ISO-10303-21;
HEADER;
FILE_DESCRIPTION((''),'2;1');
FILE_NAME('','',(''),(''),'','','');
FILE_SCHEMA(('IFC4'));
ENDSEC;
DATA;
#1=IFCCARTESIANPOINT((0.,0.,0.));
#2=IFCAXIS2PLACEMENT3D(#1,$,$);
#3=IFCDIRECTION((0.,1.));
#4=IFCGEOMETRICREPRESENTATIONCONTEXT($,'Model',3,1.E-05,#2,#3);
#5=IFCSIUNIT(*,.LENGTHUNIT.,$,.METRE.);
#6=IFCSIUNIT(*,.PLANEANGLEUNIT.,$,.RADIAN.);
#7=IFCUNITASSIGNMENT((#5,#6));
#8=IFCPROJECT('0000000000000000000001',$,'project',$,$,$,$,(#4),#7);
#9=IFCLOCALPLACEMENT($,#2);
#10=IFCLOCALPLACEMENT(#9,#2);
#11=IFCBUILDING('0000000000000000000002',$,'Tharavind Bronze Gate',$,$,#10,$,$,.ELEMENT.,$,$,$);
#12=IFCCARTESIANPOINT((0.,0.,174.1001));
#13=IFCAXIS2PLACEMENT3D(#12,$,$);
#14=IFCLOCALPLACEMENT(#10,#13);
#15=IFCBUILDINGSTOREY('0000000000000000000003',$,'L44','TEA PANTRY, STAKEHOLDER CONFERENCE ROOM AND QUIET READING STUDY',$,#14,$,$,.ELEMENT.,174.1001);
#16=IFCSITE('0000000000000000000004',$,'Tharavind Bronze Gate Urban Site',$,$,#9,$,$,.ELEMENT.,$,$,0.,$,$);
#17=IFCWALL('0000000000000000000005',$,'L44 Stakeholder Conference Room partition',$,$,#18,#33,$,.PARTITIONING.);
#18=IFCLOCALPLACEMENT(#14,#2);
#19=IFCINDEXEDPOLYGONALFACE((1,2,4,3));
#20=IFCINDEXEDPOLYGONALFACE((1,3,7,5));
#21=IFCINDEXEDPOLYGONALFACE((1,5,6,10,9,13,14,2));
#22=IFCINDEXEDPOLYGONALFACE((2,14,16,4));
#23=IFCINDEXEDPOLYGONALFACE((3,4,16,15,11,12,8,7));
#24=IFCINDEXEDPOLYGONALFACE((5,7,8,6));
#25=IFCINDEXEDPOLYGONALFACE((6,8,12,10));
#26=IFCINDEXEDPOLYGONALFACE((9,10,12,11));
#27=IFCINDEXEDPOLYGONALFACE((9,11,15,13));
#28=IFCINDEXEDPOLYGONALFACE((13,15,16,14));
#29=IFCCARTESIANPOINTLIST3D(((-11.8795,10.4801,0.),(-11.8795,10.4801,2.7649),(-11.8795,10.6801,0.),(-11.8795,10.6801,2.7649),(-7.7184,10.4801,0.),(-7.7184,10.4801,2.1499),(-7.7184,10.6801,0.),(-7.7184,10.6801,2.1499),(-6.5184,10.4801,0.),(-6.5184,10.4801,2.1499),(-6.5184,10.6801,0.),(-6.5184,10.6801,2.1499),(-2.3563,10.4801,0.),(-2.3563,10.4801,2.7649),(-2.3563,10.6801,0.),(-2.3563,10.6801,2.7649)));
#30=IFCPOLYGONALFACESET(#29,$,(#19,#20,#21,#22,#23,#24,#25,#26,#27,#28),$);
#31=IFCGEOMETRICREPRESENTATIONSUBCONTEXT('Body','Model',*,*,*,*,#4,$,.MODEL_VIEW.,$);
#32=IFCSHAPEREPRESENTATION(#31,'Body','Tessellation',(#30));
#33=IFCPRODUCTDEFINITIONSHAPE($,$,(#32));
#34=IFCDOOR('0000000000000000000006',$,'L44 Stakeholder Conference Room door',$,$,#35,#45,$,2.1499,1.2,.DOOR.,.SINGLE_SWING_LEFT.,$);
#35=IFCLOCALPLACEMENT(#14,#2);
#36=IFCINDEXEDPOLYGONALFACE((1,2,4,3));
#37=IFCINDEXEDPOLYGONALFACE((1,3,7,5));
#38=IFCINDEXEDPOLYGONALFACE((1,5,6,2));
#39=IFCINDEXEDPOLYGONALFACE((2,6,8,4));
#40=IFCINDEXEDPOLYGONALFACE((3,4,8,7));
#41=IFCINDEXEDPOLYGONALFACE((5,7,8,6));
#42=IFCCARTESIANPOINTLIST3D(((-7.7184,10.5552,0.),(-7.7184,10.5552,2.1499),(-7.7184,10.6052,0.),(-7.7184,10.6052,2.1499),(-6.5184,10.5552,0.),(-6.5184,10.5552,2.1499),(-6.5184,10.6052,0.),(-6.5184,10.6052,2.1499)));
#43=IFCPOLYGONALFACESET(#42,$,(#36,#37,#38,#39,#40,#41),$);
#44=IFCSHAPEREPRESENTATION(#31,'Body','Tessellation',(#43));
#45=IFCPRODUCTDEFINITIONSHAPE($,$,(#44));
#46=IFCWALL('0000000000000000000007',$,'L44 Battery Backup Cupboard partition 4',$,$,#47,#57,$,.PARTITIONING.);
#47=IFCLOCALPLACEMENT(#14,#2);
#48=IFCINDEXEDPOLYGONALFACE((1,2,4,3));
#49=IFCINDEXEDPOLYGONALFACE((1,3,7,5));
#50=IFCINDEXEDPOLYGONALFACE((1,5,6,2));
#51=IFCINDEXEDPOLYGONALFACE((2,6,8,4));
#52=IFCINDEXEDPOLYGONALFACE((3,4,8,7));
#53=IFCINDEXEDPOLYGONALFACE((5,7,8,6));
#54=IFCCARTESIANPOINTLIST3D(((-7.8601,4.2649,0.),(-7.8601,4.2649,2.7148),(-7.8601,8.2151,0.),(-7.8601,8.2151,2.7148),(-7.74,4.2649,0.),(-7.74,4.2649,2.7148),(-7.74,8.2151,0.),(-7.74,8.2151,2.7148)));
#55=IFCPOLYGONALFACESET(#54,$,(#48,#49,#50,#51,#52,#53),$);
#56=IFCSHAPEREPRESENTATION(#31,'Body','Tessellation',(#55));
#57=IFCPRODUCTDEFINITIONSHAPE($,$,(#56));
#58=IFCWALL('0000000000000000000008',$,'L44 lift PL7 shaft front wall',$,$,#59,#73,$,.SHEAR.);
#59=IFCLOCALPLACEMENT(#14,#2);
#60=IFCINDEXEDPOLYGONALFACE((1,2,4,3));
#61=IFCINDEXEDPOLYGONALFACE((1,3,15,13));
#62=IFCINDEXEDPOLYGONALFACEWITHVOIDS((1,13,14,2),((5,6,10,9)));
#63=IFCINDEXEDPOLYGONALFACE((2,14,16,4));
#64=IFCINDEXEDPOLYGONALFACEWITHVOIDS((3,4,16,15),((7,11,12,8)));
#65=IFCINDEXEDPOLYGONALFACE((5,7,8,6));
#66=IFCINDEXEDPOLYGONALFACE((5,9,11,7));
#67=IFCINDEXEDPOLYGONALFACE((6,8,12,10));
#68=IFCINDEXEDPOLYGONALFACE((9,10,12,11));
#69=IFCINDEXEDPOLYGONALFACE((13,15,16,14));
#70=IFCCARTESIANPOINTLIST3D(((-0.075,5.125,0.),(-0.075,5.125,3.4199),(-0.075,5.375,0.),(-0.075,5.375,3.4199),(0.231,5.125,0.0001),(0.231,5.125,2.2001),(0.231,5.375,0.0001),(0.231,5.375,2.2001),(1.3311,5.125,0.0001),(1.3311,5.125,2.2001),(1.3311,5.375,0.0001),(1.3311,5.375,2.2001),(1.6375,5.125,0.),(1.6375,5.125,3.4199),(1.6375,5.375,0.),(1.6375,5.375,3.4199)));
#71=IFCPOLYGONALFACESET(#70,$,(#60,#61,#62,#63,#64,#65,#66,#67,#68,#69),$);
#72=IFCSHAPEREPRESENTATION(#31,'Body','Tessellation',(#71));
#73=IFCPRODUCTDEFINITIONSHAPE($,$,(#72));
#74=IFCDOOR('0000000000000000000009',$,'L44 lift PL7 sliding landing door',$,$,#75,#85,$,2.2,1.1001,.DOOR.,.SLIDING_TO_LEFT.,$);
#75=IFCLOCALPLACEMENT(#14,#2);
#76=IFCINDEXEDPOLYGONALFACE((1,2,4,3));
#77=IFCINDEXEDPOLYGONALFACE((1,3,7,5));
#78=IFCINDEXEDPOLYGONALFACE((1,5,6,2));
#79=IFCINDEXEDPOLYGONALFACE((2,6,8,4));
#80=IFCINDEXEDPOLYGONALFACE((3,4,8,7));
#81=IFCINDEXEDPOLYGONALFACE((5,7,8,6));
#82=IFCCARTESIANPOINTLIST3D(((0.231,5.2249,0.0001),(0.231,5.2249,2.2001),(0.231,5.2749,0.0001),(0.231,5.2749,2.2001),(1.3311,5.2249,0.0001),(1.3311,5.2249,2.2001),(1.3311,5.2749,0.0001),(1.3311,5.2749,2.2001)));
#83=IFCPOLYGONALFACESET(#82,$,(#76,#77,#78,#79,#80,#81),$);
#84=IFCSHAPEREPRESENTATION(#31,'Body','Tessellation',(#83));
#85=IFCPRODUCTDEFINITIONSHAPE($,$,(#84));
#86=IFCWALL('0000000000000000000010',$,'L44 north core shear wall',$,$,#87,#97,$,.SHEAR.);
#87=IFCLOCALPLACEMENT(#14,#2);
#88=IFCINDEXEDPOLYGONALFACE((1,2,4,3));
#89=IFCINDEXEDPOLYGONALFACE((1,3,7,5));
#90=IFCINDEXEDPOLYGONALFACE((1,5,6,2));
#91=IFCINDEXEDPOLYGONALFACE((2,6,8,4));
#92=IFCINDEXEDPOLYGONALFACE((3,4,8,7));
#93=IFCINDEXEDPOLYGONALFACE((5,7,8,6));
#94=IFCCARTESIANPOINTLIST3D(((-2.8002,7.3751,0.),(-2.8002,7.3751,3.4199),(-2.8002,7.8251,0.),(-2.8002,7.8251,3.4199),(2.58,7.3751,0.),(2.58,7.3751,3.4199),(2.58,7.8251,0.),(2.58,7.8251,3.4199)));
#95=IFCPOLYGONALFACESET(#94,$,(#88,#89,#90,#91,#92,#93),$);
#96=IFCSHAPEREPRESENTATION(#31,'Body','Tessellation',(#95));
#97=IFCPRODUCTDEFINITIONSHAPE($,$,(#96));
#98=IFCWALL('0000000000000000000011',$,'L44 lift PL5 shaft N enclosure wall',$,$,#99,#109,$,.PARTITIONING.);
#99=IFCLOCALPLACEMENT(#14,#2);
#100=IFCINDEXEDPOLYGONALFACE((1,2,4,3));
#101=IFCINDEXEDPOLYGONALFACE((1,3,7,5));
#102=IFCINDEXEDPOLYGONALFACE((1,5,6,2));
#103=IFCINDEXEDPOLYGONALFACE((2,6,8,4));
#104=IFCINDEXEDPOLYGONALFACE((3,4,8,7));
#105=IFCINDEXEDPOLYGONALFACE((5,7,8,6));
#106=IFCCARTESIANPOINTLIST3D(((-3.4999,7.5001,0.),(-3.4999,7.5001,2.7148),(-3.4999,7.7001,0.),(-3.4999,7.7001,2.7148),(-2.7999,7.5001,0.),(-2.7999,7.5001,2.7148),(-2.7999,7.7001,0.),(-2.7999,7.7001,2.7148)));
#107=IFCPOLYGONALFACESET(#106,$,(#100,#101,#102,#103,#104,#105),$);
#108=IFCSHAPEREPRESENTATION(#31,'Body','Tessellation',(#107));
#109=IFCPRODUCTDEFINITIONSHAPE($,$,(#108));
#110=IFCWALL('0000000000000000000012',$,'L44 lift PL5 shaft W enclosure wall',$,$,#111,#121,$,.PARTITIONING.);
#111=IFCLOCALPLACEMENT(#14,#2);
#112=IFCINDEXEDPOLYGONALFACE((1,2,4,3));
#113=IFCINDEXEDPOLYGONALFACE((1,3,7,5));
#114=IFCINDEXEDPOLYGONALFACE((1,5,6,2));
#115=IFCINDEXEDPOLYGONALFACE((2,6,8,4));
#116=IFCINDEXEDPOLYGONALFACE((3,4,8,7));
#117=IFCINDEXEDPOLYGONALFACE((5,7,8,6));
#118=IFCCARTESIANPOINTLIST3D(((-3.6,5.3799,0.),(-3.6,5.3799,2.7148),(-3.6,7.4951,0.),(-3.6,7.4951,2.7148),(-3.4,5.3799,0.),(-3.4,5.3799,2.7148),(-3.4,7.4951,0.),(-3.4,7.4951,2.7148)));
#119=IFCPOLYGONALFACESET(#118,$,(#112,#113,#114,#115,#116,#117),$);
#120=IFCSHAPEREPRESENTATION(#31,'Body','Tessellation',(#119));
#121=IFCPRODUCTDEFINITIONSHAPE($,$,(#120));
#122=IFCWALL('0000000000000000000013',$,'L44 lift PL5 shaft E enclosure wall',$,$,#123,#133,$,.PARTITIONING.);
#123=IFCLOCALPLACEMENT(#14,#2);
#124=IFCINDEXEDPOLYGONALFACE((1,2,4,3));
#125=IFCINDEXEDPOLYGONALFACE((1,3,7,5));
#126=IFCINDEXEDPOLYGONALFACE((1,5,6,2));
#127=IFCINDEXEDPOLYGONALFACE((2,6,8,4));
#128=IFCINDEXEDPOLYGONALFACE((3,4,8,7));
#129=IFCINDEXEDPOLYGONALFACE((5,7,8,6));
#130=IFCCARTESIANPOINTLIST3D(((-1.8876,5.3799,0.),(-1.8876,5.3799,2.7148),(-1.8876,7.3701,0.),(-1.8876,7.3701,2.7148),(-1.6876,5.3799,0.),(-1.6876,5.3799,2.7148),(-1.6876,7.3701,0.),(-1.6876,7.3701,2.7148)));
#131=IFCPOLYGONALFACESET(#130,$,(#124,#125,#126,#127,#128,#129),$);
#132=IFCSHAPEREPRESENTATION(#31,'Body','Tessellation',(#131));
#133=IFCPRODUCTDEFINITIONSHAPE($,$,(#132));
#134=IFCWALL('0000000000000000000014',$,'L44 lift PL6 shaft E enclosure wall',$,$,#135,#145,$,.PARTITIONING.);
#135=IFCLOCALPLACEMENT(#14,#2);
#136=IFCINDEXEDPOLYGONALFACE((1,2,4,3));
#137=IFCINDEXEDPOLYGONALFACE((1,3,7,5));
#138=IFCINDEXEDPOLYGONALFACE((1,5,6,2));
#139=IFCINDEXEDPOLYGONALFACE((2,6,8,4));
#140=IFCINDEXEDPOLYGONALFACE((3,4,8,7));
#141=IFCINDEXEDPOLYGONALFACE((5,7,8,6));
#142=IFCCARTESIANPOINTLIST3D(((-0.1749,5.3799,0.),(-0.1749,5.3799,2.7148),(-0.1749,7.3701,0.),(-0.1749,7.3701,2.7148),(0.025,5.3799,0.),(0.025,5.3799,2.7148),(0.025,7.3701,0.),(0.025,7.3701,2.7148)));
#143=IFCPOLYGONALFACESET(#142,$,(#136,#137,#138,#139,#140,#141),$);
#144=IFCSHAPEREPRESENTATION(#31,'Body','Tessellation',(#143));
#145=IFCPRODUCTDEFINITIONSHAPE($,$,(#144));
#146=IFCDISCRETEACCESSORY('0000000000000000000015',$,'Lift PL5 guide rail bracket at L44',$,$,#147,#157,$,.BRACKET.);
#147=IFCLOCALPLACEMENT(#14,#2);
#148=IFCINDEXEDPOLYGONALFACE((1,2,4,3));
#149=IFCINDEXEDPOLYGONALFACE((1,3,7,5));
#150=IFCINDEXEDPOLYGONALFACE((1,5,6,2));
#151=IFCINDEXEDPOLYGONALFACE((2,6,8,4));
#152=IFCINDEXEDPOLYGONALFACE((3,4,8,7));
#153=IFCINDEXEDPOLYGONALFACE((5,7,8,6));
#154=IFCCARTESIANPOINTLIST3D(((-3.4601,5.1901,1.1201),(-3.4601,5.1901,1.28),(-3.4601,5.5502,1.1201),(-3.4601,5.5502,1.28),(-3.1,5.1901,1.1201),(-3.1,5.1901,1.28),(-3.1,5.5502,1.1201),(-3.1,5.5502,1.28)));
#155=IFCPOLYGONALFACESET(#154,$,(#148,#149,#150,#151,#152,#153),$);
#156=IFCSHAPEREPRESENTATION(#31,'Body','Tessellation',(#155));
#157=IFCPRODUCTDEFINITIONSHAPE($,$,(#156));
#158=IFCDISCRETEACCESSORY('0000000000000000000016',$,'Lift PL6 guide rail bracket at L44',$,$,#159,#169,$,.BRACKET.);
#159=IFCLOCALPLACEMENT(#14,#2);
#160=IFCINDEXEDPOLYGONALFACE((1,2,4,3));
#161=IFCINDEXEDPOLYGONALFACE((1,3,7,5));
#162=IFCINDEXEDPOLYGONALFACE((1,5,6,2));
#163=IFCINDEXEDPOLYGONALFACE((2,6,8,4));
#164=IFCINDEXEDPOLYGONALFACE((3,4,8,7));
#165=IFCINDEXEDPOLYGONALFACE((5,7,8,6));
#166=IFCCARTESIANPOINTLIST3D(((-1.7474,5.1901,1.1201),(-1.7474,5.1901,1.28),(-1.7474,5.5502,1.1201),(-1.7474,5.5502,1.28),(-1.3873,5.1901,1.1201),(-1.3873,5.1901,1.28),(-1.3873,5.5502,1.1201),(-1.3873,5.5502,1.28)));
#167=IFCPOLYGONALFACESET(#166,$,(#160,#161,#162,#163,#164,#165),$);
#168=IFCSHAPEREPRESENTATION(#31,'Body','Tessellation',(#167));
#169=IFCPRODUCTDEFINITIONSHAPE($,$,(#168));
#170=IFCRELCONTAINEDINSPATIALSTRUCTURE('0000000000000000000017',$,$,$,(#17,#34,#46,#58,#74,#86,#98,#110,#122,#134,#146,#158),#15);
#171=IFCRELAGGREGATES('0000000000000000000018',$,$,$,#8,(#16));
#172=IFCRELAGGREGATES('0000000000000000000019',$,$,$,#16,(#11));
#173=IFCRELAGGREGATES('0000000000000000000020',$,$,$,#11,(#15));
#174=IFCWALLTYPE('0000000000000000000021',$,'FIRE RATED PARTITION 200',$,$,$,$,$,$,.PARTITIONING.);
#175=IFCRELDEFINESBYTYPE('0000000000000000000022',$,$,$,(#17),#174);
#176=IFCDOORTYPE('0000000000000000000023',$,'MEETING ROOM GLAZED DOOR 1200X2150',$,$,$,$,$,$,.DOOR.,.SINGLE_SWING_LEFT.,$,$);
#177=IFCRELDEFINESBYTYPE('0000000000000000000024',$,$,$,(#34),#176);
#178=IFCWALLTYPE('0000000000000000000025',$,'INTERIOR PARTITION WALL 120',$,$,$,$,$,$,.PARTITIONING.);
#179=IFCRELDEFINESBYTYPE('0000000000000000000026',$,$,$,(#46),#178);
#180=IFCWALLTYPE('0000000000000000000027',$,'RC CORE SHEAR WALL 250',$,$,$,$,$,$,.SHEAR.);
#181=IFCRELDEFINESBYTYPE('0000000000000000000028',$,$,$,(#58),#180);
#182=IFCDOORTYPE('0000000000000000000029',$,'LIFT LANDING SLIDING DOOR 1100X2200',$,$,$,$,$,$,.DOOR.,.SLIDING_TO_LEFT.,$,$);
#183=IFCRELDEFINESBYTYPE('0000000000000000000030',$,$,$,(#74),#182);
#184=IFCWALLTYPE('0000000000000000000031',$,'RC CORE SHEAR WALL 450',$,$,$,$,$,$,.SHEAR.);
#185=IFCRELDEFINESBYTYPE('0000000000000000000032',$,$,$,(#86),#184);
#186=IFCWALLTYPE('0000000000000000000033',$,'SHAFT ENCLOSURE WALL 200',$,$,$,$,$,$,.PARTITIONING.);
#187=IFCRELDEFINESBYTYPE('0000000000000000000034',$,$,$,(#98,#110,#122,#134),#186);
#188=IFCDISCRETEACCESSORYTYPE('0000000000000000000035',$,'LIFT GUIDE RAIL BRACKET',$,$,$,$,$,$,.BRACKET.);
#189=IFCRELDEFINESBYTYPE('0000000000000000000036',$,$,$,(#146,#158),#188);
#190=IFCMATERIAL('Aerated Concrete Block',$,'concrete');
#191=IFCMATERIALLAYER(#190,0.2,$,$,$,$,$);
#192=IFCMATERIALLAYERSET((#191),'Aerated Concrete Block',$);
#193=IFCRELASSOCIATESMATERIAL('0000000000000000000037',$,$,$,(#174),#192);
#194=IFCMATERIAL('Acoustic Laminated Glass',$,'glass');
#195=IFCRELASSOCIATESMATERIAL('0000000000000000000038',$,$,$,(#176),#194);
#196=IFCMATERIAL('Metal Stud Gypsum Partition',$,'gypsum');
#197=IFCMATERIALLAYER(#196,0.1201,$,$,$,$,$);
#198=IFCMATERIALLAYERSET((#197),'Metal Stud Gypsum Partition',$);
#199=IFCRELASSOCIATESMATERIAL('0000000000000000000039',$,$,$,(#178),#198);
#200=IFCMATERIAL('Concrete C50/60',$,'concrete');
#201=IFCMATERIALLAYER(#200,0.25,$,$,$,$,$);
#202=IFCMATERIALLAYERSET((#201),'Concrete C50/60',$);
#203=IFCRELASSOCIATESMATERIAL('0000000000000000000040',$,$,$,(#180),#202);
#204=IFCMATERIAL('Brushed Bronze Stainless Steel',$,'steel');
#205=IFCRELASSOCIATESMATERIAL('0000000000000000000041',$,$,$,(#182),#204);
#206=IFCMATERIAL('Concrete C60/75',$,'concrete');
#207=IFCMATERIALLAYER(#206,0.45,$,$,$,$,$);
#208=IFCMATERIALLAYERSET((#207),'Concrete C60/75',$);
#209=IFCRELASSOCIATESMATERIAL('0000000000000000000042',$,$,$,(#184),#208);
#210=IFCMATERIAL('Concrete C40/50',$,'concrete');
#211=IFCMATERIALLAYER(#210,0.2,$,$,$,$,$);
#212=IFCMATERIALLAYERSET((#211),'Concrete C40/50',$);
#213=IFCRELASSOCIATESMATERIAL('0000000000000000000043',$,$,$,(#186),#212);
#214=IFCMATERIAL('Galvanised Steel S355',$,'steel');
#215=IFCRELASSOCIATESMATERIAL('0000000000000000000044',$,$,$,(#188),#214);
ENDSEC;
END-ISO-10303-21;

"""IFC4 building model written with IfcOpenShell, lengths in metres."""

from ifc_helpers import new_model, si_unit, direction, frame, frame_2d, origin, origin_2d, place, context, subcontext, project, spatial, rectangle, extrude, material, layer, layer_set, type_object, element, fill, save


model = new_model("IFC4")

# Units and contexts
model_context = context("Model", 3, precision=1e-05, world=origin(), true_north=direction((0.0, 1.0)))
body_context = subcontext(model_context, "Body", "Model", "MODEL_VIEW")
ifc_project = project(units=[si_unit("LENGTHUNIT", "METRE"), si_unit("PLANEANGLEUNIT", "RADIAN")], contexts=[model_context])

# Site, building, storey
site_placement = place(None, origin())
site = spatial("IfcSite", under=ifc_project, at=site_placement, Name="Tharavind Bronze Gate Urban Site", CompositionType="ELEMENT", RefElevation=0.0)
building_placement = place(site_placement, origin())
building = spatial("IfcBuilding", under=site, at=building_placement, Name="Tharavind Bronze Gate", CompositionType="ELEMENT")
storey_placement = place(building_placement, frame((0.0, 0.0, 174.1001)))
storey = spatial("IfcBuildingStorey", under=building, at=storey_placement, Name="L44", Description="TEA PANTRY, STAKEHOLDER CONFERENCE ROOM AND QUIET READING STUDY", CompositionType="ELEMENT", Elevation=174.1001)

# Shared definitions
ifc_material_1 = material(Name="Aerated Concrete Block", Category="concrete")
ifc_layer_1 = layer(ifc_material_1, 0.2)
ifc_layer_set_1 = layer_set([ifc_layer_1], Name="Aerated Concrete Block")
wall_type_1 = type_object("IfcWallType", Name="FIRE RATED PARTITION 200", PredefinedType="PARTITIONING", material=ifc_layer_set_1)

# Wall, opening, door
wall_1_placement = place(storey_placement, frame((-2.3562, 10.5801, 0.0), z_axis=(0.0, 0.0, 1.0), x_axis=(-1.0, 0.0, 0.0)))
wall_1 = element("IfcWall", 1, at=wall_1_placement, inside=storey, type_object=wall_type_1, Name="L44 Stakeholder Conference Room partition", PredefinedType="PARTITIONING", context=body_context, shape_type="SweptSolid", body=[
    extrude(rectangle(XDim=9.5232, YDim=0.2, at=frame_2d((4.7617, 0.0))), origin(), (0.0, 0.0, 1.0), 2.7649),
])
opening_1_placement = place(wall_1_placement, frame((4.1621, 0.0, 0.0)))
opening_1 = element("IfcOpeningElement", 2, at=opening_1_placement, cuts=wall_1, PredefinedType="OPENING", context=body_context, shape_type="SweptSolid", body=[
    extrude(rectangle(XDim=1.2, YDim=2.1499, at=frame_2d((0.6001, 1.075))), frame((0.0, 0.1101, 0.0), z_axis=(0.0, -1.0, 0.0), x_axis=(1.0, 0.0, 0.0)), (0.0, 0.0, 1.0), 0.22),
])
ifc_material_2 = material(Name="Acoustic Laminated Glass", Category="glass")
door_type_1 = type_object("IfcDoorType", Name="MEETING ROOM GLAZED DOOR 1200X2150", OperationType="SINGLE_SWING_LEFT", PredefinedType="DOOR", material=ifc_material_2)
door_1_placement = place(opening_1_placement, origin())
door_1 = element("IfcDoor", 3, at=door_1_placement, inside=storey, type_object=door_type_1, Name="L44 Stakeholder Conference Room door", OperationType="SINGLE_SWING_LEFT", OverallHeight=2.1499, OverallWidth=1.2, PredefinedType="DOOR", context=body_context, shape_type="SweptSolid", body=[
    extrude(rectangle(XDim=1.2, YDim=2.1499, at=frame_2d((0.6001, 1.075))), frame((0.0, 0.0249, 0.0), z_axis=(0.0, -1.0, 0.0), x_axis=(1.0, 0.0, 0.0)), (0.0, 0.0, 1.0), 0.05),
])
fill(opening_1, door_1)

# Wall
ifc_material_3 = material(Name="Metal Stud Gypsum Partition", Category="gypsum")
ifc_layer_2 = layer(ifc_material_3, 0.1201)
ifc_layer_set_2 = layer_set([ifc_layer_2], Name="Metal Stud Gypsum Partition")
wall_type_2 = type_object("IfcWallType", Name="INTERIOR PARTITION WALL 120", PredefinedType="PARTITIONING", material=ifc_layer_set_2)
wall_2_placement = place(storey_placement, frame((-7.8, 8.2151, 0.0), z_axis=(0.0, 0.0, 1.0), x_axis=(0.0, -1.0, 0.0)))
element("IfcWall", 4, at=wall_2_placement, inside=storey, type_object=wall_type_2, Name="L44 Battery Backup Cupboard partition 4", PredefinedType="PARTITIONING", context=body_context, shape_type="SweptSolid", body=[
    extrude(rectangle(XDim=3.9502, YDim=0.1201, at=frame_2d((1.9751, 0.0))), origin(), (0.0, 0.0, 1.0), 2.7148),
])

# Wall, opening, door
ifc_material_4 = material(Name="Concrete C50/60", Category="concrete")
ifc_layer_3 = layer(ifc_material_4, 0.25)
ifc_layer_set_3 = layer_set([ifc_layer_3], Name="Concrete C50/60")
wall_type_3 = type_object("IfcWallType", Name="RC CORE SHEAR WALL 250", PredefinedType="SHEAR", material=ifc_layer_set_3)
wall_3_placement = place(storey_placement, frame((-0.075, 5.25, 0.0), z_axis=(0.0, 0.0, 1.0), x_axis=(1.0, 0.0, 0.0)))
wall_3 = element("IfcWall", 5, at=wall_3_placement, inside=storey, type_object=wall_type_3, Name="L44 lift PL7 shaft front wall", PredefinedType="SHEAR", context=body_context, shape_type="SweptSolid", body=[
    extrude(rectangle(XDim=1.7124, YDim=0.25, at=frame_2d((0.8562, 0.0))), origin(), (0.0, 0.0, 1.0), 3.4199),
])
opening_2_placement = place(wall_3_placement, frame((0.3059, 0.0, 0.0)))
opening_2 = element("IfcOpeningElement", 6, at=opening_2_placement, cuts=wall_3, PredefinedType="OPENING", context=body_context, shape_type="SweptSolid", body=[
    extrude(rectangle(XDim=1.1001, YDim=2.2, at=frame_2d((0.55, 1.1001))), frame((0.0, 0.135, 0.0), z_axis=(0.0, -1.0, 0.0), x_axis=(1.0, 0.0, 0.0)), (0.0, 0.0, 1.0), 0.27),
])
ifc_material_5 = material(Name="Brushed Bronze Stainless Steel", Category="steel")
door_type_2 = type_object("IfcDoorType", Name="LIFT LANDING SLIDING DOOR 1100X2200", OperationType="SLIDING_TO_LEFT", PredefinedType="DOOR", material=ifc_material_5)
door_2_placement = place(opening_2_placement, origin())
door_2 = element("IfcDoor", 7, at=door_2_placement, inside=storey, type_object=door_type_2, Name="L44 lift PL7 sliding landing door", OperationType="SLIDING_TO_LEFT", OverallHeight=2.2, OverallWidth=1.1001, PredefinedType="DOOR", context=body_context, shape_type="SweptSolid", body=[
    extrude(rectangle(XDim=1.1001, YDim=2.2, at=frame_2d((0.55, 1.1001))), frame((0.0, 0.0249, 0.0), z_axis=(0.0, -1.0, 0.0), x_axis=(1.0, 0.0, 0.0)), (0.0, 0.0, 1.0), 0.05),
])
fill(opening_2, door_2)

# Walls
ifc_material_6 = material(Name="Concrete C60/75", Category="concrete")
ifc_layer_4 = layer(ifc_material_6, 0.45)
ifc_layer_set_4 = layer_set([ifc_layer_4], Name="Concrete C60/75")
wall_type_4 = type_object("IfcWallType", Name="RC CORE SHEAR WALL 450", PredefinedType="SHEAR", material=ifc_layer_set_4)
wall_4_placement = place(storey_placement, frame((-2.8, 7.6001, 0.0), z_axis=(0.0, 0.0, 1.0), x_axis=(1.0, 0.0, 0.0)))
element("IfcWall", 8, at=wall_4_placement, inside=storey, type_object=wall_type_4, Name="L44 north core shear wall", PredefinedType="SHEAR", context=body_context, shape_type="SweptSolid", body=[
    extrude(rectangle(XDim=5.3801, YDim=0.45, at=frame_2d((2.6899, 0.0))), origin(), (0.0, 0.0, 1.0), 3.4199),
])
ifc_material_7 = material(Name="Concrete C40/50", Category="concrete")
ifc_layer_5 = layer(ifc_material_7, 0.2)
ifc_layer_set_5 = layer_set([ifc_layer_5], Name="Concrete C40/50")
wall_type_5 = type_object("IfcWallType", Name="SHAFT ENCLOSURE WALL 200", PredefinedType="PARTITIONING", material=ifc_layer_set_5)
wall_5_placement = place(storey_placement, frame((-3.5, 7.6001, 0.0), z_axis=(0.0, 0.0, 1.0), x_axis=(1.0, 0.0, 0.0)))
element("IfcWall", 9, at=wall_5_placement, inside=storey, type_object=wall_type_5, Name="L44 lift PL5 shaft N enclosure wall", PredefinedType="PARTITIONING", context=body_context, shape_type="SweptSolid", body=[
    extrude(rectangle(XDim=0.7, YDim=0.2, at=frame_2d((0.3501, 0.0))), origin(), (0.0, 0.0, 1.0), 2.7148),
])
wall_6_placement = place(storey_placement, frame((-3.5, 5.3799, 0.0), z_axis=(0.0, 0.0, 1.0), x_axis=(0.0, 1.0, 0.0)))
element("IfcWall", 10, at=wall_6_placement, inside=storey, type_object=wall_type_5, Name="L44 lift PL5 shaft W enclosure wall", PredefinedType="PARTITIONING", context=body_context, shape_type="SweptSolid", body=[
    extrude(rectangle(XDim=2.1152, YDim=0.2, at=frame_2d((1.0576, 0.0))), origin(), (0.0, 0.0, 1.0), 2.7148),
])
for number, where, z_axis, x_axis, name in (
    (11, (-1.7876, 5.3799, 0.0), (0.0, 0.0, 1.0), (0.0, 1.0, 0.0), "L44 lift PL5 shaft E enclosure wall"),
    (12, (-0.075, 5.3799, 0.0), (0.0, 0.0, 1.0), (0.0, 1.0, 0.0), "L44 lift PL6 shaft E enclosure wall"),
):
    element("IfcWall", number, at=place(storey_placement, frame(where, z_axis=z_axis, x_axis=x_axis)), inside=storey, type_object=wall_type_5, Name=name, PredefinedType="PARTITIONING", context=body_context, shape_type="SweptSolid", body=[
        extrude(rectangle(XDim=1.9902, YDim=0.2, at=frame_2d((0.9951, 0.0))), origin(), (0.0, 0.0, 1.0), 2.7148),
    ])

# Discrete accessories
ifc_material_8 = material(Name="Galvanised Steel S355", Category="steel")
discrete_accessory_type = type_object("IfcDiscreteAccessoryType", Name="LIFT GUIDE RAIL BRACKET", PredefinedType="BRACKET", material=ifc_material_8)
for number, where, z_axis, x_axis, name in (
    (13, (-3.28, 5.3701, 1.1201), (0.0, 0.0, 1.0), (1.0, 0.0, 0.0), "Lift PL5 guide rail bracket at L44"),
    (14, (-1.5674, 5.3701, 1.1201), (0.0, 0.0, 1.0), (1.0, 0.0, 0.0), "Lift PL6 guide rail bracket at L44"),
):
    element("IfcDiscreteAccessory", number, at=place(storey_placement, frame(where, z_axis=z_axis, x_axis=x_axis)), inside=storey, type_object=discrete_accessory_type, Name=name, PredefinedType="BRACKET", context=body_context, shape_type="SweptSolid", body=[
        extrude(rectangle(XDim=0.3601, YDim=0.3601, at=origin_2d()), origin(), (0.0, 0.0, 1.0), 0.1599),
    ])

save(model, "model.ifc")
